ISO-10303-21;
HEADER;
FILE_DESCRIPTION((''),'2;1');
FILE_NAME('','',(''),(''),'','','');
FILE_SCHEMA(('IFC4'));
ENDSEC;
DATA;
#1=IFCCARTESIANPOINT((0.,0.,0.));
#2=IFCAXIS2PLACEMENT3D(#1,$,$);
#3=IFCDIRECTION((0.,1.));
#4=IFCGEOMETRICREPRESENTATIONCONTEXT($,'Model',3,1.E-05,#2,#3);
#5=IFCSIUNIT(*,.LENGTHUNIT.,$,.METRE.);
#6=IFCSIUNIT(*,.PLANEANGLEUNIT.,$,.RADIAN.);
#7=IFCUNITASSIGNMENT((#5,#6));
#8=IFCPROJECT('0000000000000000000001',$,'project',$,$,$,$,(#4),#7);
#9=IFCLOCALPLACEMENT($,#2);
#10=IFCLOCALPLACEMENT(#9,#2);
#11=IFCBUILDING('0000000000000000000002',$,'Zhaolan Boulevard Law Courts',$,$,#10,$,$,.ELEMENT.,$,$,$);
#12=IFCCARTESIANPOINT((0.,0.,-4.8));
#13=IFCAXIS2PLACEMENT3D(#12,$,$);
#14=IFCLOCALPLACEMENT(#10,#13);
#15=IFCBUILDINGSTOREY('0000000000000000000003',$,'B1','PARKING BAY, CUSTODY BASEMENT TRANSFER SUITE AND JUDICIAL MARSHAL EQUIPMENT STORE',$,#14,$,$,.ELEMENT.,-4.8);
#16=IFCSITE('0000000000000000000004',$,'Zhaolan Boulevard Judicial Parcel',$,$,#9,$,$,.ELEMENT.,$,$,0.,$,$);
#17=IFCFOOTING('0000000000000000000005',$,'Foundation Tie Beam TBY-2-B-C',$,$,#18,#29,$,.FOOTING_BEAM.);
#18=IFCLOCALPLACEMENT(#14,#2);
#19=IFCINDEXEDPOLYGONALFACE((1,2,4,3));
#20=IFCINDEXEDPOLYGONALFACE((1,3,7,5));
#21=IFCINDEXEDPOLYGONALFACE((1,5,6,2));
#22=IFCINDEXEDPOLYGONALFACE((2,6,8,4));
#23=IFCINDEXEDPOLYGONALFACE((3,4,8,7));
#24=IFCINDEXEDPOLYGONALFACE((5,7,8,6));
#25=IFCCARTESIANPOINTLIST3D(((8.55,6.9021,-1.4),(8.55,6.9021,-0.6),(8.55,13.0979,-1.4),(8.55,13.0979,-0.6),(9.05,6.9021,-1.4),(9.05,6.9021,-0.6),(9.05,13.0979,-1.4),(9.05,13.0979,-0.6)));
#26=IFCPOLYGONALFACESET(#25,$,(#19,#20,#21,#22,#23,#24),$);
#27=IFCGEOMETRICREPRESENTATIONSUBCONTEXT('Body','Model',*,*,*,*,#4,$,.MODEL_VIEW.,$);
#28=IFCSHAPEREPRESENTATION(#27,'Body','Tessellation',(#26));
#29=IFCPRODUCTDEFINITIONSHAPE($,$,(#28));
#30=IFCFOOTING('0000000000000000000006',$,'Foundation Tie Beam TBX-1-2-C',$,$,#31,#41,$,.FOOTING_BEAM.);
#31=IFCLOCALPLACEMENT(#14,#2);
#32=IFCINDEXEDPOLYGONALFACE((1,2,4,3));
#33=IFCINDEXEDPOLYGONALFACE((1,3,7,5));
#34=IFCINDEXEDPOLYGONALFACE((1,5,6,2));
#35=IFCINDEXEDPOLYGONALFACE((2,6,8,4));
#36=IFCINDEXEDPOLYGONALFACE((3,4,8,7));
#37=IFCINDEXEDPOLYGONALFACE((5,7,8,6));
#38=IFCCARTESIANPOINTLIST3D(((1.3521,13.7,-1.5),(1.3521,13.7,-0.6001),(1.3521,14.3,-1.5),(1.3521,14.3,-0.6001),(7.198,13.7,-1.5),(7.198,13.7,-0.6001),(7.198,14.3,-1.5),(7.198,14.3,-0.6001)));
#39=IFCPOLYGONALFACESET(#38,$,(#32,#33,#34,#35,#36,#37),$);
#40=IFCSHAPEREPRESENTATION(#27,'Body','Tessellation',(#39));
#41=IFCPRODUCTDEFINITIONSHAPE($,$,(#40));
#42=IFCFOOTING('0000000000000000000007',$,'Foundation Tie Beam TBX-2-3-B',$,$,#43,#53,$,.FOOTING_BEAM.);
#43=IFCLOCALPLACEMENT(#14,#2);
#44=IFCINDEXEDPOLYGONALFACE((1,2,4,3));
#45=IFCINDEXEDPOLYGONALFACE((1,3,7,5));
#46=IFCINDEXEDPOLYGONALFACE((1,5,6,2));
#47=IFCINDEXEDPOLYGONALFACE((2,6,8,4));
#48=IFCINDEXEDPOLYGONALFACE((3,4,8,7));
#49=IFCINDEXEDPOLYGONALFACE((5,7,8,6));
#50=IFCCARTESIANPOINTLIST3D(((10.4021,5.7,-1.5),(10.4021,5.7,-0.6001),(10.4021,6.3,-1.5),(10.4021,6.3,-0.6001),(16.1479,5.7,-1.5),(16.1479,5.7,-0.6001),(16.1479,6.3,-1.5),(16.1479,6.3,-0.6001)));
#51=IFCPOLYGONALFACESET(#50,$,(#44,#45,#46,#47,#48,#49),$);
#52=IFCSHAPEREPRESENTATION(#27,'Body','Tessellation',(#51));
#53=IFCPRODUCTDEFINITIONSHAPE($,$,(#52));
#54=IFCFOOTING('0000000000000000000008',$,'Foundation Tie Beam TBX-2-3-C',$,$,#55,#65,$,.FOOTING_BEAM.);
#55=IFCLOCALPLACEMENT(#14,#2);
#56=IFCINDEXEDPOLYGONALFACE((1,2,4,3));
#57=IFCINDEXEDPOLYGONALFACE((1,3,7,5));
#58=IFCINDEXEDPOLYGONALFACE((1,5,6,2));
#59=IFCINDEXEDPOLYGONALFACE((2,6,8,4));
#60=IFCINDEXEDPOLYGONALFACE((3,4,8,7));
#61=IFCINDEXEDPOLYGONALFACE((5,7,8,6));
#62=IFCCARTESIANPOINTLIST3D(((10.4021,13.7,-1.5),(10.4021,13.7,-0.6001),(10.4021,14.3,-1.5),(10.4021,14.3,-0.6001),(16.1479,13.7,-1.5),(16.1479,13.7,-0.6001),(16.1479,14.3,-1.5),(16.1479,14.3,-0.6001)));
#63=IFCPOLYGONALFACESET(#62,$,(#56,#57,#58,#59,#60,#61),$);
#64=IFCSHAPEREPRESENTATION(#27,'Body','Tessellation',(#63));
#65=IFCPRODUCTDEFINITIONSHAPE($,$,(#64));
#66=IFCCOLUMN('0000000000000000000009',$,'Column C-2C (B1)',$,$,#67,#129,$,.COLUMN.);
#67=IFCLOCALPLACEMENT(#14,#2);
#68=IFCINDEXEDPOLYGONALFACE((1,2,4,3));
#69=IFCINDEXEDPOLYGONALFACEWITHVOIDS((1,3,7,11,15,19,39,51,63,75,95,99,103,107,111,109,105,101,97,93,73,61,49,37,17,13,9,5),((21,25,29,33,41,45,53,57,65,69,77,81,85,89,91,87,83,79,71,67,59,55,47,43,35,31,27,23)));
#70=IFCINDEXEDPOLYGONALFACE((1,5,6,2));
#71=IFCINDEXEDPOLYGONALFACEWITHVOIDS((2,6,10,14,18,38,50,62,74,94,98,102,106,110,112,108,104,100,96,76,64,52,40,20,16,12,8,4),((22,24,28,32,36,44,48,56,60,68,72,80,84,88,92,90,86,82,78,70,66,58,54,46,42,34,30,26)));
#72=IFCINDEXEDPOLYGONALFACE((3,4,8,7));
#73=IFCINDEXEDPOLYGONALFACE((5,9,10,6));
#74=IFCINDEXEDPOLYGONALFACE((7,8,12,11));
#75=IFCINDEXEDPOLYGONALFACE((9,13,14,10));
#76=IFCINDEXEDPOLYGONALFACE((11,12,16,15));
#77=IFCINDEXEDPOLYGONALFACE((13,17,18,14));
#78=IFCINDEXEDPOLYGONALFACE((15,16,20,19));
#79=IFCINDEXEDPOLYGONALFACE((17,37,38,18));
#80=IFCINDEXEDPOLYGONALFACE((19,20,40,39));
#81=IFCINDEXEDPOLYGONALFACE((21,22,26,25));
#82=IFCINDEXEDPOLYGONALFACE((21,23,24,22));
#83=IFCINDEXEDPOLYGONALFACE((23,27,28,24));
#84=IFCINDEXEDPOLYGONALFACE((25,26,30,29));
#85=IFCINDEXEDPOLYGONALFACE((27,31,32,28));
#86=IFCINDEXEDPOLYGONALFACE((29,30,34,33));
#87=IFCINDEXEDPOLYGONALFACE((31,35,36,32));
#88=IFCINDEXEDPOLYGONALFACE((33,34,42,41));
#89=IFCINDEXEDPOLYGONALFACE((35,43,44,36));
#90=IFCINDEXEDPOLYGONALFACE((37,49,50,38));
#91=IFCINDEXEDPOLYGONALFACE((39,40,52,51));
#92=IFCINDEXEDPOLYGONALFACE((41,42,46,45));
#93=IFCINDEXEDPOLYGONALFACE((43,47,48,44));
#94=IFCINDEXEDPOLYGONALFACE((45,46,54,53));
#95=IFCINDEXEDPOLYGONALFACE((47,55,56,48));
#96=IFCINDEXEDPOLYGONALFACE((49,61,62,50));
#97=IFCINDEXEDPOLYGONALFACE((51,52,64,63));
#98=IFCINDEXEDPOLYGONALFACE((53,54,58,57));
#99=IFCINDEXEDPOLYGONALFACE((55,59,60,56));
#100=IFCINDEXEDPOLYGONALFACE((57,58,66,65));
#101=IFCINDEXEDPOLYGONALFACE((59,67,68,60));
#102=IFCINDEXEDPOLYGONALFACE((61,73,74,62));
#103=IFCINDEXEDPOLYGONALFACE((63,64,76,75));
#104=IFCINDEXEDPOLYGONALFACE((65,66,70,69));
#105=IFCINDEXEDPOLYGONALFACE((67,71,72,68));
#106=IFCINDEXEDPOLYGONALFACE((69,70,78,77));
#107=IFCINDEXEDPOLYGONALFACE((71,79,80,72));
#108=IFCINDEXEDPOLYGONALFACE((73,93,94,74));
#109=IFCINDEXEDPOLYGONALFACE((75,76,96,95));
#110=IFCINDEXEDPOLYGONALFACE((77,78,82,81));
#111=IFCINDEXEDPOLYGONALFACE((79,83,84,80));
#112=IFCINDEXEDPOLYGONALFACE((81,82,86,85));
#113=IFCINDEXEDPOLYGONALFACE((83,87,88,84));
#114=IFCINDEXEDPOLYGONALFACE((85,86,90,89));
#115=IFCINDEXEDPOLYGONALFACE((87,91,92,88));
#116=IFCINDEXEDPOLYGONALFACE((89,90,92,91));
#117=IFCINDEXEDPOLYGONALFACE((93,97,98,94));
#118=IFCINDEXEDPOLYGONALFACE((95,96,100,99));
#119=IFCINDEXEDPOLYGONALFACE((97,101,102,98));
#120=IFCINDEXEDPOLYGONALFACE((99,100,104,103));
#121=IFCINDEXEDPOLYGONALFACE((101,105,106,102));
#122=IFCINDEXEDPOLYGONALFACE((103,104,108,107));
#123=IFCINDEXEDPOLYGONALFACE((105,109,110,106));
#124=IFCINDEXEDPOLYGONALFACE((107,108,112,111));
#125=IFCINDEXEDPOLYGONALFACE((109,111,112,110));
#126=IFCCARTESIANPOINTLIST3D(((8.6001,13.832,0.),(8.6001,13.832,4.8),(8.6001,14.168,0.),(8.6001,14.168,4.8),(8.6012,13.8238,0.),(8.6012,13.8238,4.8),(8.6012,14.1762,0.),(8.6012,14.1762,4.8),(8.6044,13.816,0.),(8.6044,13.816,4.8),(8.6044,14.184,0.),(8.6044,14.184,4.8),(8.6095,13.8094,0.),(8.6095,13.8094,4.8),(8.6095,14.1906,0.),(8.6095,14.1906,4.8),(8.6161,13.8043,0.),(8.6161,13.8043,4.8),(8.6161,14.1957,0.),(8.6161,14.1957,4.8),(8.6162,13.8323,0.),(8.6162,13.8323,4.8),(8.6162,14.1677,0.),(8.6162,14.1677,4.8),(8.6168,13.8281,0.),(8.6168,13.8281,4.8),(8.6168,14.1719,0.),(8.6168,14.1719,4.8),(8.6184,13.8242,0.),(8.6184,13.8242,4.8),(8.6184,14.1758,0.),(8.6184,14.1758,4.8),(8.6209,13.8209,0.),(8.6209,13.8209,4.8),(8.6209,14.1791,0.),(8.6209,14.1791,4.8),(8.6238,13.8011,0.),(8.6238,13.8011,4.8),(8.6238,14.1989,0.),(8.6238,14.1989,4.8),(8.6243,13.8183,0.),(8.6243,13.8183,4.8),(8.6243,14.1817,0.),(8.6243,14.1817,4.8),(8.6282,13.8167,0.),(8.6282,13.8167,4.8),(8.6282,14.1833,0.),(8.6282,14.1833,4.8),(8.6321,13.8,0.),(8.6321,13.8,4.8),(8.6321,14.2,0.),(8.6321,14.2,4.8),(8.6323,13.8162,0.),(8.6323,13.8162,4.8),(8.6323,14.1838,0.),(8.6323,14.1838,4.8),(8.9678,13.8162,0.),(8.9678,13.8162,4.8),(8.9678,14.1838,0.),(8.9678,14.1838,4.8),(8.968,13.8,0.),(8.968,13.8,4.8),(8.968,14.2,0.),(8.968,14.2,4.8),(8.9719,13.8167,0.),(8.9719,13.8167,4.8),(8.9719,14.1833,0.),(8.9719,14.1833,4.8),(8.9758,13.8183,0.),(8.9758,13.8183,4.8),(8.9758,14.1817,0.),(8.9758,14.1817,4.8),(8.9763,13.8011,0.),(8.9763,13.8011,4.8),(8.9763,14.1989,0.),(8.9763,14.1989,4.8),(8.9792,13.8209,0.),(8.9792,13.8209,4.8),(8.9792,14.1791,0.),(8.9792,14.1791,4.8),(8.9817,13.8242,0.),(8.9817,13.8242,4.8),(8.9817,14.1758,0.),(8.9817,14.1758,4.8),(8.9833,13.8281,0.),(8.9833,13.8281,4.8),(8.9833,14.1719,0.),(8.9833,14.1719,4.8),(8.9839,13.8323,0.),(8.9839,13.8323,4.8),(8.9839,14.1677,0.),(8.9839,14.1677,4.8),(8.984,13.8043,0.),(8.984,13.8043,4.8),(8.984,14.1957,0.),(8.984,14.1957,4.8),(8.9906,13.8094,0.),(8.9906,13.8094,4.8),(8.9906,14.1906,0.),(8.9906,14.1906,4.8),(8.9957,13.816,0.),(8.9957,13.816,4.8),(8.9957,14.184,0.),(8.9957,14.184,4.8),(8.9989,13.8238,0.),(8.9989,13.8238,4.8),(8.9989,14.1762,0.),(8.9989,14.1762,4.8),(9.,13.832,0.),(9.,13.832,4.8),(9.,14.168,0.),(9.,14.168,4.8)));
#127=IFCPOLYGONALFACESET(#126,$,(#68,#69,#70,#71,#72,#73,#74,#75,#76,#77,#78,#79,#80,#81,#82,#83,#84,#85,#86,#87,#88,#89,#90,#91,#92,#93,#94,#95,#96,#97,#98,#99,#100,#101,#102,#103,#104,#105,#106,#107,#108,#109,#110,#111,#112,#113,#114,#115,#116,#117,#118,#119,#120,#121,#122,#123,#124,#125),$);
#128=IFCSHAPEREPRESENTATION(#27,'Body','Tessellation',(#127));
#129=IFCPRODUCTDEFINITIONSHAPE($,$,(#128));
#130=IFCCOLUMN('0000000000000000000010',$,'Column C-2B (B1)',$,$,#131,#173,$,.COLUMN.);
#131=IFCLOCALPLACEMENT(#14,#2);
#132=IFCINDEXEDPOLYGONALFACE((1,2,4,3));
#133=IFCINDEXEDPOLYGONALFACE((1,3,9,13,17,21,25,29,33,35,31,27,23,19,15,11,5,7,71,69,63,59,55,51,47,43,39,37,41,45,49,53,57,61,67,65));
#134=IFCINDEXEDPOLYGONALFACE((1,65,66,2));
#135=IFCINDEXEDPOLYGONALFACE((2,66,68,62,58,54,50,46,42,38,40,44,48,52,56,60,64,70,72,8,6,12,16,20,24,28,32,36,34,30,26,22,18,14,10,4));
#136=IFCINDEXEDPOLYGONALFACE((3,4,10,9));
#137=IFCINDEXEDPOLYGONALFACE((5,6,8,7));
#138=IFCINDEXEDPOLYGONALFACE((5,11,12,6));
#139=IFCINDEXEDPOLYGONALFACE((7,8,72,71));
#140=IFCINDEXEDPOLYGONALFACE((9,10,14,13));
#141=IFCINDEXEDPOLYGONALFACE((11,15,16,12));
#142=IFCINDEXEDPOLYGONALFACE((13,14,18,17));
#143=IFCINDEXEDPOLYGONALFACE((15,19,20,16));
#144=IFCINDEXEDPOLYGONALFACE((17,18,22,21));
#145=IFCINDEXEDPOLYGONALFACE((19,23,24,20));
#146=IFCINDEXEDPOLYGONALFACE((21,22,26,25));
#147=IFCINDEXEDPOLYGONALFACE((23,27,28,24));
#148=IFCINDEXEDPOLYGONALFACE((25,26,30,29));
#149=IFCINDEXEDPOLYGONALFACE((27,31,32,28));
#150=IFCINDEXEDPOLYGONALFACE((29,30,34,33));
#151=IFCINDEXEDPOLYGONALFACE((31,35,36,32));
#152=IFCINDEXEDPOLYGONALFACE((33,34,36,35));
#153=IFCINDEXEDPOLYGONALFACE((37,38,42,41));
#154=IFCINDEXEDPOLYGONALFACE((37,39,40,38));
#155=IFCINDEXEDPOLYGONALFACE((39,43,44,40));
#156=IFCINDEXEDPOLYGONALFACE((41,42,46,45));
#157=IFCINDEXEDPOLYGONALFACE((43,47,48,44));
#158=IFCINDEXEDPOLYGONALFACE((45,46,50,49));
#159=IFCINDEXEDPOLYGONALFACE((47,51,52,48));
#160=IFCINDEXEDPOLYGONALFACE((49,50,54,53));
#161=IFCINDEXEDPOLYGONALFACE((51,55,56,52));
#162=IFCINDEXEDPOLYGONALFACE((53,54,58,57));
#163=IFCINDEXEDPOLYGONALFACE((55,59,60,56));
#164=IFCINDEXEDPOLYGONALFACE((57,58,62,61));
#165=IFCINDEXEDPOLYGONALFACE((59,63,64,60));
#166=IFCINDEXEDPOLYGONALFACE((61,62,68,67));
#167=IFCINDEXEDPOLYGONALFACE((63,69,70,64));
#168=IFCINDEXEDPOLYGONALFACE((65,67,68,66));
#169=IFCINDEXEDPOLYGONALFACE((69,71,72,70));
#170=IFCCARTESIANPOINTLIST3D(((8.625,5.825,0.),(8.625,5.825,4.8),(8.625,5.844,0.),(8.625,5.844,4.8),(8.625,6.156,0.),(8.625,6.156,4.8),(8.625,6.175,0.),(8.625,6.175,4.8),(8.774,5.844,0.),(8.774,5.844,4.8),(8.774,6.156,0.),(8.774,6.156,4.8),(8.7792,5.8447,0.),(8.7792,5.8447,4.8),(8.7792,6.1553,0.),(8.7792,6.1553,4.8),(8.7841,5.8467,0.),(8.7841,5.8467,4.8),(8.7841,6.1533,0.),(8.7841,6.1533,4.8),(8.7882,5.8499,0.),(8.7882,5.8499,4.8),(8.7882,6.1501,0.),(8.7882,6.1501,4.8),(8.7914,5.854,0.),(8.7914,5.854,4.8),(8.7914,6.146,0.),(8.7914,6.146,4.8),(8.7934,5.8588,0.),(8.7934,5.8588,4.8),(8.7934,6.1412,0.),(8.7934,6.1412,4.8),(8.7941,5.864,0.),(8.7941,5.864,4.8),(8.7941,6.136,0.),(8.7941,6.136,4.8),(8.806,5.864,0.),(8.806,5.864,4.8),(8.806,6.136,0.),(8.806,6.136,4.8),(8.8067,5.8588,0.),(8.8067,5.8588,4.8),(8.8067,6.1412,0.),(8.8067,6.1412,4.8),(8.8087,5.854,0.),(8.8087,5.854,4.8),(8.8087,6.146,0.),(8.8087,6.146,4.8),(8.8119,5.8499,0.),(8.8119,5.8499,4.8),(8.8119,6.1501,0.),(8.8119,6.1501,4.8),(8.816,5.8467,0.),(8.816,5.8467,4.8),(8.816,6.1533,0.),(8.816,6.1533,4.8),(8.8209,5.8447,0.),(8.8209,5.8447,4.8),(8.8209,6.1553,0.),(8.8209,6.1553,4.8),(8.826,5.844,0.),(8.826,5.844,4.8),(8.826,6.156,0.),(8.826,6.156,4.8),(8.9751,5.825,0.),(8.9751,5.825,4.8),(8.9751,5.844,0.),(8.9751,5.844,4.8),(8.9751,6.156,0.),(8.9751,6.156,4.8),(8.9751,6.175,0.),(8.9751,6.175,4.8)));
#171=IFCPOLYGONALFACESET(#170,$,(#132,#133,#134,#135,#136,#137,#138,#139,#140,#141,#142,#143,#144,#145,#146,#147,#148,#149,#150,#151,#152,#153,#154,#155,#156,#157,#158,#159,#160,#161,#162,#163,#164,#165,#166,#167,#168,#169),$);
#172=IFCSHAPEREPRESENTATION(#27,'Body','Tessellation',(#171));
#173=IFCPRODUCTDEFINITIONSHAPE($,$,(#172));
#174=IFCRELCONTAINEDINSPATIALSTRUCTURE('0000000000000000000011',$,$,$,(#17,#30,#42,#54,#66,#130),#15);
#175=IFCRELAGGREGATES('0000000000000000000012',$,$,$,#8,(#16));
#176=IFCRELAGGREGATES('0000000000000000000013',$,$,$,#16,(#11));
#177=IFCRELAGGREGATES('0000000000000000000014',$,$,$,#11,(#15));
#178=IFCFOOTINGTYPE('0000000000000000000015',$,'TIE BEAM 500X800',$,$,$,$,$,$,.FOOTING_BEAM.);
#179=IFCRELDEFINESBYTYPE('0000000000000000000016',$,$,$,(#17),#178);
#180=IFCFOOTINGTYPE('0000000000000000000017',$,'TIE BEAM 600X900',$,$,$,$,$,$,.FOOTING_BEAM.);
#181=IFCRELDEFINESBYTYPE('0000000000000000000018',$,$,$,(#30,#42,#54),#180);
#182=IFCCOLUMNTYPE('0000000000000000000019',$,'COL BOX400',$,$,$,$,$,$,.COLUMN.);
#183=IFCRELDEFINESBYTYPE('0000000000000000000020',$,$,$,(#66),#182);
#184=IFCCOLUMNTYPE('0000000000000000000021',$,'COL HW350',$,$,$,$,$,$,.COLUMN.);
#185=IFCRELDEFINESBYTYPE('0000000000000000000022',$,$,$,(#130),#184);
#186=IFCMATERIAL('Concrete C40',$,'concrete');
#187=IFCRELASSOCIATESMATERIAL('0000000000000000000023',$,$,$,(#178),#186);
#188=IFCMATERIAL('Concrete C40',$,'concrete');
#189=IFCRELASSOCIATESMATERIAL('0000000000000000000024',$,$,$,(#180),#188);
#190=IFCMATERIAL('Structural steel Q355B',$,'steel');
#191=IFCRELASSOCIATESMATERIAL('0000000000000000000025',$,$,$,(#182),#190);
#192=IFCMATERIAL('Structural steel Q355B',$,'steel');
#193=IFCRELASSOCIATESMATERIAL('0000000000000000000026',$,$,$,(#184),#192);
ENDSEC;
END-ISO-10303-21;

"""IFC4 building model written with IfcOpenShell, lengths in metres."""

from ifc_helpers import new_model, si_unit, direction, frame, origin, origin_2d, place, context, subcontext, project, spatial, rectangle, hollow_rectangle, i_section, extrude, material, material_profile, profile_set, type_object, element, save


model = new_model("IFC4")

# Units and contexts
model_context = context("Model", 3, precision=1e-05, world=origin(), true_north=direction((0.0, 1.0)))
body_context = subcontext(model_context, "Body", "Model", "MODEL_VIEW")
ifc_project = project(units=[si_unit("LENGTHUNIT", "METRE"), si_unit("PLANEANGLEUNIT", "RADIAN")], contexts=[model_context])

# Site, building, storey
site_placement = place(None, origin())
site = spatial("IfcSite", under=ifc_project, at=site_placement, Name="Zhaolan Boulevard Judicial Parcel", CompositionType="ELEMENT", RefElevation=0.0)
building_placement = place(site_placement, origin())
building = spatial("IfcBuilding", under=site, at=building_placement, Name="Zhaolan Boulevard Law Courts", CompositionType="ELEMENT")
storey_placement = place(building_placement, frame((0.0, 0.0, -4.8)))
storey = spatial("IfcBuildingStorey", under=building, at=storey_placement, Name="B1", Description="PARKING BAY, CUSTODY BASEMENT TRANSFER SUITE AND JUDICIAL MARSHAL EQUIPMENT STORE", CompositionType="ELEMENT", Elevation=-4.8)

# Footings
ifc_material_1 = material(Name="Concrete C40", Category="concrete")
ifc_material_profile_1 = material_profile(ifc_material_1, rectangle(XDim=0.5, YDim=0.8, at=origin_2d()), Name="RC500x800")
ifc_profile_set_1 = profile_set([ifc_material_profile_1], Name="Concrete C40")
footing_type_1 = type_object("IfcFootingType", Name="TIE BEAM 500X800", PredefinedType="FOOTING_BEAM", material=ifc_profile_set_1)
footing_1_placement = place(storey_placement, frame((8.8, 6.9021, -1.0), z_axis=(0.0, 1.0, 0.0), x_axis=(-1.0, 0.0, 0.0)))
element("IfcFooting", 1, at=footing_1_placement, inside=storey, type_object=footing_type_1, Name="Foundation Tie Beam TBY-2-B-C", PredefinedType="FOOTING_BEAM", context=body_context, shape_type="SweptSolid", body=[
    extrude(rectangle(XDim=0.5, YDim=0.8, at=origin_2d()), origin(), (0.0, 0.0, 1.0), 6.1958),
])
ifc_material_2 = material(Name="Concrete C40", Category="concrete")
ifc_material_profile_2 = material_profile(ifc_material_2, rectangle(XDim=0.6001, YDim=0.8999, at=origin_2d()), Name="RC600x900")
ifc_profile_set_2 = profile_set([ifc_material_profile_2], Name="Concrete C40")
footing_type_2 = type_object("IfcFootingType", Name="TIE BEAM 600X900", PredefinedType="FOOTING_BEAM", material=ifc_profile_set_2)
footing_2_placement = place(storey_placement, frame((1.3521, 14.0, -1.05), z_axis=(1.0, 0.0, 0.0), x_axis=(0.0, 1.0, 0.0)))
element("IfcFooting", 2, at=footing_2_placement, inside=storey, type_object=footing_type_2, Name="Foundation Tie Beam TBX-1-2-C", PredefinedType="FOOTING_BEAM", context=body_context, shape_type="SweptSolid", body=[
    extrude(rectangle(XDim=0.6001, YDim=0.8999, at=origin_2d()), origin(), (0.0, 0.0, 1.0), 5.8459),
])
for number, where, z_axis, x_axis, name in (
    (3, (10.4021, 6.0, -1.05), (1.0, 0.0, 0.0), (0.0, 1.0, 0.0), "Foundation Tie Beam TBX-2-3-B"),
    (4, (10.4021, 14.0, -1.05), (1.0, 0.0, 0.0), (0.0, 1.0, 0.0), "Foundation Tie Beam TBX-2-3-C"),
):
    element("IfcFooting", number, at=place(storey_placement, frame(where, z_axis=z_axis, x_axis=x_axis)), inside=storey, type_object=footing_type_2, Name=name, PredefinedType="FOOTING_BEAM", context=body_context, shape_type="SweptSolid", body=[
        extrude(rectangle(XDim=0.6001, YDim=0.8999, at=origin_2d()), origin(), (0.0, 0.0, 1.0), 5.7458),
    ])

# Columns
ifc_material_3 = material(Name="Structural steel Q355B", Category="steel")
ifc_material_profile_3 = material_profile(ifc_material_3, hollow_rectangle(XDim=0.3999, YDim=0.3999, WallThickness=0.0161, InnerFilletRadius=0.0161, OuterFilletRadius=0.032, at=origin_2d()), Name="BOX400x400x16")
ifc_profile_set_3 = profile_set([ifc_material_profile_3], Name="Structural steel Q355B")
column_type_1 = type_object("IfcColumnType", Name="COL BOX400", PredefinedType="COLUMN", material=ifc_profile_set_3)
column_1_placement = place(storey_placement, frame((8.8, 14.0, 0.0), z_axis=(0.0, 0.0, 1.0), x_axis=(1.0, 0.0, 0.0)))
element("IfcColumn", 5, at=column_1_placement, inside=storey, type_object=column_type_1, Name="Column C-2C (B1)", PredefinedType="COLUMN", context=body_context, shape_type="SweptSolid", body=[
    extrude(hollow_rectangle(XDim=0.3999, YDim=0.3999, WallThickness=0.0161, InnerFilletRadius=0.0161, OuterFilletRadius=0.032, at=origin_2d()), origin(), (0.0, 0.0, 1.0), 4.8),
])
ifc_material_4 = material(Name="Structural steel Q355B", Category="steel")
ifc_material_profile_4 = material_profile(ifc_material_4, i_section(OverallWidth=0.3501, OverallDepth=0.3501, WebThickness=0.012, FlangeThickness=0.019, FilletRadius=0.02, at=origin_2d()), Name="HW350x350")
ifc_profile_set_4 = profile_set([ifc_material_profile_4], Name="Structural steel Q355B")
column_type_2 = type_object("IfcColumnType", Name="COL HW350", PredefinedType="COLUMN", material=ifc_profile_set_4)
column_2_placement = place(storey_placement, frame((8.8, 6.0, 0.0), z_axis=(0.0, 0.0, 1.0), x_axis=(1.0, 0.0, 0.0)))
element("IfcColumn", 6, at=column_2_placement, inside=storey, type_object=column_type_2, Name="Column C-2B (B1)", PredefinedType="COLUMN", context=body_context, shape_type="SweptSolid", body=[
    extrude(i_section(OverallWidth=0.3501, OverallDepth=0.3501, WebThickness=0.012, FlangeThickness=0.019, FilletRadius=0.02, at=origin_2d()), origin(), (0.0, 0.0, 1.0), 4.8),
])

save(model, "model.ifc")
